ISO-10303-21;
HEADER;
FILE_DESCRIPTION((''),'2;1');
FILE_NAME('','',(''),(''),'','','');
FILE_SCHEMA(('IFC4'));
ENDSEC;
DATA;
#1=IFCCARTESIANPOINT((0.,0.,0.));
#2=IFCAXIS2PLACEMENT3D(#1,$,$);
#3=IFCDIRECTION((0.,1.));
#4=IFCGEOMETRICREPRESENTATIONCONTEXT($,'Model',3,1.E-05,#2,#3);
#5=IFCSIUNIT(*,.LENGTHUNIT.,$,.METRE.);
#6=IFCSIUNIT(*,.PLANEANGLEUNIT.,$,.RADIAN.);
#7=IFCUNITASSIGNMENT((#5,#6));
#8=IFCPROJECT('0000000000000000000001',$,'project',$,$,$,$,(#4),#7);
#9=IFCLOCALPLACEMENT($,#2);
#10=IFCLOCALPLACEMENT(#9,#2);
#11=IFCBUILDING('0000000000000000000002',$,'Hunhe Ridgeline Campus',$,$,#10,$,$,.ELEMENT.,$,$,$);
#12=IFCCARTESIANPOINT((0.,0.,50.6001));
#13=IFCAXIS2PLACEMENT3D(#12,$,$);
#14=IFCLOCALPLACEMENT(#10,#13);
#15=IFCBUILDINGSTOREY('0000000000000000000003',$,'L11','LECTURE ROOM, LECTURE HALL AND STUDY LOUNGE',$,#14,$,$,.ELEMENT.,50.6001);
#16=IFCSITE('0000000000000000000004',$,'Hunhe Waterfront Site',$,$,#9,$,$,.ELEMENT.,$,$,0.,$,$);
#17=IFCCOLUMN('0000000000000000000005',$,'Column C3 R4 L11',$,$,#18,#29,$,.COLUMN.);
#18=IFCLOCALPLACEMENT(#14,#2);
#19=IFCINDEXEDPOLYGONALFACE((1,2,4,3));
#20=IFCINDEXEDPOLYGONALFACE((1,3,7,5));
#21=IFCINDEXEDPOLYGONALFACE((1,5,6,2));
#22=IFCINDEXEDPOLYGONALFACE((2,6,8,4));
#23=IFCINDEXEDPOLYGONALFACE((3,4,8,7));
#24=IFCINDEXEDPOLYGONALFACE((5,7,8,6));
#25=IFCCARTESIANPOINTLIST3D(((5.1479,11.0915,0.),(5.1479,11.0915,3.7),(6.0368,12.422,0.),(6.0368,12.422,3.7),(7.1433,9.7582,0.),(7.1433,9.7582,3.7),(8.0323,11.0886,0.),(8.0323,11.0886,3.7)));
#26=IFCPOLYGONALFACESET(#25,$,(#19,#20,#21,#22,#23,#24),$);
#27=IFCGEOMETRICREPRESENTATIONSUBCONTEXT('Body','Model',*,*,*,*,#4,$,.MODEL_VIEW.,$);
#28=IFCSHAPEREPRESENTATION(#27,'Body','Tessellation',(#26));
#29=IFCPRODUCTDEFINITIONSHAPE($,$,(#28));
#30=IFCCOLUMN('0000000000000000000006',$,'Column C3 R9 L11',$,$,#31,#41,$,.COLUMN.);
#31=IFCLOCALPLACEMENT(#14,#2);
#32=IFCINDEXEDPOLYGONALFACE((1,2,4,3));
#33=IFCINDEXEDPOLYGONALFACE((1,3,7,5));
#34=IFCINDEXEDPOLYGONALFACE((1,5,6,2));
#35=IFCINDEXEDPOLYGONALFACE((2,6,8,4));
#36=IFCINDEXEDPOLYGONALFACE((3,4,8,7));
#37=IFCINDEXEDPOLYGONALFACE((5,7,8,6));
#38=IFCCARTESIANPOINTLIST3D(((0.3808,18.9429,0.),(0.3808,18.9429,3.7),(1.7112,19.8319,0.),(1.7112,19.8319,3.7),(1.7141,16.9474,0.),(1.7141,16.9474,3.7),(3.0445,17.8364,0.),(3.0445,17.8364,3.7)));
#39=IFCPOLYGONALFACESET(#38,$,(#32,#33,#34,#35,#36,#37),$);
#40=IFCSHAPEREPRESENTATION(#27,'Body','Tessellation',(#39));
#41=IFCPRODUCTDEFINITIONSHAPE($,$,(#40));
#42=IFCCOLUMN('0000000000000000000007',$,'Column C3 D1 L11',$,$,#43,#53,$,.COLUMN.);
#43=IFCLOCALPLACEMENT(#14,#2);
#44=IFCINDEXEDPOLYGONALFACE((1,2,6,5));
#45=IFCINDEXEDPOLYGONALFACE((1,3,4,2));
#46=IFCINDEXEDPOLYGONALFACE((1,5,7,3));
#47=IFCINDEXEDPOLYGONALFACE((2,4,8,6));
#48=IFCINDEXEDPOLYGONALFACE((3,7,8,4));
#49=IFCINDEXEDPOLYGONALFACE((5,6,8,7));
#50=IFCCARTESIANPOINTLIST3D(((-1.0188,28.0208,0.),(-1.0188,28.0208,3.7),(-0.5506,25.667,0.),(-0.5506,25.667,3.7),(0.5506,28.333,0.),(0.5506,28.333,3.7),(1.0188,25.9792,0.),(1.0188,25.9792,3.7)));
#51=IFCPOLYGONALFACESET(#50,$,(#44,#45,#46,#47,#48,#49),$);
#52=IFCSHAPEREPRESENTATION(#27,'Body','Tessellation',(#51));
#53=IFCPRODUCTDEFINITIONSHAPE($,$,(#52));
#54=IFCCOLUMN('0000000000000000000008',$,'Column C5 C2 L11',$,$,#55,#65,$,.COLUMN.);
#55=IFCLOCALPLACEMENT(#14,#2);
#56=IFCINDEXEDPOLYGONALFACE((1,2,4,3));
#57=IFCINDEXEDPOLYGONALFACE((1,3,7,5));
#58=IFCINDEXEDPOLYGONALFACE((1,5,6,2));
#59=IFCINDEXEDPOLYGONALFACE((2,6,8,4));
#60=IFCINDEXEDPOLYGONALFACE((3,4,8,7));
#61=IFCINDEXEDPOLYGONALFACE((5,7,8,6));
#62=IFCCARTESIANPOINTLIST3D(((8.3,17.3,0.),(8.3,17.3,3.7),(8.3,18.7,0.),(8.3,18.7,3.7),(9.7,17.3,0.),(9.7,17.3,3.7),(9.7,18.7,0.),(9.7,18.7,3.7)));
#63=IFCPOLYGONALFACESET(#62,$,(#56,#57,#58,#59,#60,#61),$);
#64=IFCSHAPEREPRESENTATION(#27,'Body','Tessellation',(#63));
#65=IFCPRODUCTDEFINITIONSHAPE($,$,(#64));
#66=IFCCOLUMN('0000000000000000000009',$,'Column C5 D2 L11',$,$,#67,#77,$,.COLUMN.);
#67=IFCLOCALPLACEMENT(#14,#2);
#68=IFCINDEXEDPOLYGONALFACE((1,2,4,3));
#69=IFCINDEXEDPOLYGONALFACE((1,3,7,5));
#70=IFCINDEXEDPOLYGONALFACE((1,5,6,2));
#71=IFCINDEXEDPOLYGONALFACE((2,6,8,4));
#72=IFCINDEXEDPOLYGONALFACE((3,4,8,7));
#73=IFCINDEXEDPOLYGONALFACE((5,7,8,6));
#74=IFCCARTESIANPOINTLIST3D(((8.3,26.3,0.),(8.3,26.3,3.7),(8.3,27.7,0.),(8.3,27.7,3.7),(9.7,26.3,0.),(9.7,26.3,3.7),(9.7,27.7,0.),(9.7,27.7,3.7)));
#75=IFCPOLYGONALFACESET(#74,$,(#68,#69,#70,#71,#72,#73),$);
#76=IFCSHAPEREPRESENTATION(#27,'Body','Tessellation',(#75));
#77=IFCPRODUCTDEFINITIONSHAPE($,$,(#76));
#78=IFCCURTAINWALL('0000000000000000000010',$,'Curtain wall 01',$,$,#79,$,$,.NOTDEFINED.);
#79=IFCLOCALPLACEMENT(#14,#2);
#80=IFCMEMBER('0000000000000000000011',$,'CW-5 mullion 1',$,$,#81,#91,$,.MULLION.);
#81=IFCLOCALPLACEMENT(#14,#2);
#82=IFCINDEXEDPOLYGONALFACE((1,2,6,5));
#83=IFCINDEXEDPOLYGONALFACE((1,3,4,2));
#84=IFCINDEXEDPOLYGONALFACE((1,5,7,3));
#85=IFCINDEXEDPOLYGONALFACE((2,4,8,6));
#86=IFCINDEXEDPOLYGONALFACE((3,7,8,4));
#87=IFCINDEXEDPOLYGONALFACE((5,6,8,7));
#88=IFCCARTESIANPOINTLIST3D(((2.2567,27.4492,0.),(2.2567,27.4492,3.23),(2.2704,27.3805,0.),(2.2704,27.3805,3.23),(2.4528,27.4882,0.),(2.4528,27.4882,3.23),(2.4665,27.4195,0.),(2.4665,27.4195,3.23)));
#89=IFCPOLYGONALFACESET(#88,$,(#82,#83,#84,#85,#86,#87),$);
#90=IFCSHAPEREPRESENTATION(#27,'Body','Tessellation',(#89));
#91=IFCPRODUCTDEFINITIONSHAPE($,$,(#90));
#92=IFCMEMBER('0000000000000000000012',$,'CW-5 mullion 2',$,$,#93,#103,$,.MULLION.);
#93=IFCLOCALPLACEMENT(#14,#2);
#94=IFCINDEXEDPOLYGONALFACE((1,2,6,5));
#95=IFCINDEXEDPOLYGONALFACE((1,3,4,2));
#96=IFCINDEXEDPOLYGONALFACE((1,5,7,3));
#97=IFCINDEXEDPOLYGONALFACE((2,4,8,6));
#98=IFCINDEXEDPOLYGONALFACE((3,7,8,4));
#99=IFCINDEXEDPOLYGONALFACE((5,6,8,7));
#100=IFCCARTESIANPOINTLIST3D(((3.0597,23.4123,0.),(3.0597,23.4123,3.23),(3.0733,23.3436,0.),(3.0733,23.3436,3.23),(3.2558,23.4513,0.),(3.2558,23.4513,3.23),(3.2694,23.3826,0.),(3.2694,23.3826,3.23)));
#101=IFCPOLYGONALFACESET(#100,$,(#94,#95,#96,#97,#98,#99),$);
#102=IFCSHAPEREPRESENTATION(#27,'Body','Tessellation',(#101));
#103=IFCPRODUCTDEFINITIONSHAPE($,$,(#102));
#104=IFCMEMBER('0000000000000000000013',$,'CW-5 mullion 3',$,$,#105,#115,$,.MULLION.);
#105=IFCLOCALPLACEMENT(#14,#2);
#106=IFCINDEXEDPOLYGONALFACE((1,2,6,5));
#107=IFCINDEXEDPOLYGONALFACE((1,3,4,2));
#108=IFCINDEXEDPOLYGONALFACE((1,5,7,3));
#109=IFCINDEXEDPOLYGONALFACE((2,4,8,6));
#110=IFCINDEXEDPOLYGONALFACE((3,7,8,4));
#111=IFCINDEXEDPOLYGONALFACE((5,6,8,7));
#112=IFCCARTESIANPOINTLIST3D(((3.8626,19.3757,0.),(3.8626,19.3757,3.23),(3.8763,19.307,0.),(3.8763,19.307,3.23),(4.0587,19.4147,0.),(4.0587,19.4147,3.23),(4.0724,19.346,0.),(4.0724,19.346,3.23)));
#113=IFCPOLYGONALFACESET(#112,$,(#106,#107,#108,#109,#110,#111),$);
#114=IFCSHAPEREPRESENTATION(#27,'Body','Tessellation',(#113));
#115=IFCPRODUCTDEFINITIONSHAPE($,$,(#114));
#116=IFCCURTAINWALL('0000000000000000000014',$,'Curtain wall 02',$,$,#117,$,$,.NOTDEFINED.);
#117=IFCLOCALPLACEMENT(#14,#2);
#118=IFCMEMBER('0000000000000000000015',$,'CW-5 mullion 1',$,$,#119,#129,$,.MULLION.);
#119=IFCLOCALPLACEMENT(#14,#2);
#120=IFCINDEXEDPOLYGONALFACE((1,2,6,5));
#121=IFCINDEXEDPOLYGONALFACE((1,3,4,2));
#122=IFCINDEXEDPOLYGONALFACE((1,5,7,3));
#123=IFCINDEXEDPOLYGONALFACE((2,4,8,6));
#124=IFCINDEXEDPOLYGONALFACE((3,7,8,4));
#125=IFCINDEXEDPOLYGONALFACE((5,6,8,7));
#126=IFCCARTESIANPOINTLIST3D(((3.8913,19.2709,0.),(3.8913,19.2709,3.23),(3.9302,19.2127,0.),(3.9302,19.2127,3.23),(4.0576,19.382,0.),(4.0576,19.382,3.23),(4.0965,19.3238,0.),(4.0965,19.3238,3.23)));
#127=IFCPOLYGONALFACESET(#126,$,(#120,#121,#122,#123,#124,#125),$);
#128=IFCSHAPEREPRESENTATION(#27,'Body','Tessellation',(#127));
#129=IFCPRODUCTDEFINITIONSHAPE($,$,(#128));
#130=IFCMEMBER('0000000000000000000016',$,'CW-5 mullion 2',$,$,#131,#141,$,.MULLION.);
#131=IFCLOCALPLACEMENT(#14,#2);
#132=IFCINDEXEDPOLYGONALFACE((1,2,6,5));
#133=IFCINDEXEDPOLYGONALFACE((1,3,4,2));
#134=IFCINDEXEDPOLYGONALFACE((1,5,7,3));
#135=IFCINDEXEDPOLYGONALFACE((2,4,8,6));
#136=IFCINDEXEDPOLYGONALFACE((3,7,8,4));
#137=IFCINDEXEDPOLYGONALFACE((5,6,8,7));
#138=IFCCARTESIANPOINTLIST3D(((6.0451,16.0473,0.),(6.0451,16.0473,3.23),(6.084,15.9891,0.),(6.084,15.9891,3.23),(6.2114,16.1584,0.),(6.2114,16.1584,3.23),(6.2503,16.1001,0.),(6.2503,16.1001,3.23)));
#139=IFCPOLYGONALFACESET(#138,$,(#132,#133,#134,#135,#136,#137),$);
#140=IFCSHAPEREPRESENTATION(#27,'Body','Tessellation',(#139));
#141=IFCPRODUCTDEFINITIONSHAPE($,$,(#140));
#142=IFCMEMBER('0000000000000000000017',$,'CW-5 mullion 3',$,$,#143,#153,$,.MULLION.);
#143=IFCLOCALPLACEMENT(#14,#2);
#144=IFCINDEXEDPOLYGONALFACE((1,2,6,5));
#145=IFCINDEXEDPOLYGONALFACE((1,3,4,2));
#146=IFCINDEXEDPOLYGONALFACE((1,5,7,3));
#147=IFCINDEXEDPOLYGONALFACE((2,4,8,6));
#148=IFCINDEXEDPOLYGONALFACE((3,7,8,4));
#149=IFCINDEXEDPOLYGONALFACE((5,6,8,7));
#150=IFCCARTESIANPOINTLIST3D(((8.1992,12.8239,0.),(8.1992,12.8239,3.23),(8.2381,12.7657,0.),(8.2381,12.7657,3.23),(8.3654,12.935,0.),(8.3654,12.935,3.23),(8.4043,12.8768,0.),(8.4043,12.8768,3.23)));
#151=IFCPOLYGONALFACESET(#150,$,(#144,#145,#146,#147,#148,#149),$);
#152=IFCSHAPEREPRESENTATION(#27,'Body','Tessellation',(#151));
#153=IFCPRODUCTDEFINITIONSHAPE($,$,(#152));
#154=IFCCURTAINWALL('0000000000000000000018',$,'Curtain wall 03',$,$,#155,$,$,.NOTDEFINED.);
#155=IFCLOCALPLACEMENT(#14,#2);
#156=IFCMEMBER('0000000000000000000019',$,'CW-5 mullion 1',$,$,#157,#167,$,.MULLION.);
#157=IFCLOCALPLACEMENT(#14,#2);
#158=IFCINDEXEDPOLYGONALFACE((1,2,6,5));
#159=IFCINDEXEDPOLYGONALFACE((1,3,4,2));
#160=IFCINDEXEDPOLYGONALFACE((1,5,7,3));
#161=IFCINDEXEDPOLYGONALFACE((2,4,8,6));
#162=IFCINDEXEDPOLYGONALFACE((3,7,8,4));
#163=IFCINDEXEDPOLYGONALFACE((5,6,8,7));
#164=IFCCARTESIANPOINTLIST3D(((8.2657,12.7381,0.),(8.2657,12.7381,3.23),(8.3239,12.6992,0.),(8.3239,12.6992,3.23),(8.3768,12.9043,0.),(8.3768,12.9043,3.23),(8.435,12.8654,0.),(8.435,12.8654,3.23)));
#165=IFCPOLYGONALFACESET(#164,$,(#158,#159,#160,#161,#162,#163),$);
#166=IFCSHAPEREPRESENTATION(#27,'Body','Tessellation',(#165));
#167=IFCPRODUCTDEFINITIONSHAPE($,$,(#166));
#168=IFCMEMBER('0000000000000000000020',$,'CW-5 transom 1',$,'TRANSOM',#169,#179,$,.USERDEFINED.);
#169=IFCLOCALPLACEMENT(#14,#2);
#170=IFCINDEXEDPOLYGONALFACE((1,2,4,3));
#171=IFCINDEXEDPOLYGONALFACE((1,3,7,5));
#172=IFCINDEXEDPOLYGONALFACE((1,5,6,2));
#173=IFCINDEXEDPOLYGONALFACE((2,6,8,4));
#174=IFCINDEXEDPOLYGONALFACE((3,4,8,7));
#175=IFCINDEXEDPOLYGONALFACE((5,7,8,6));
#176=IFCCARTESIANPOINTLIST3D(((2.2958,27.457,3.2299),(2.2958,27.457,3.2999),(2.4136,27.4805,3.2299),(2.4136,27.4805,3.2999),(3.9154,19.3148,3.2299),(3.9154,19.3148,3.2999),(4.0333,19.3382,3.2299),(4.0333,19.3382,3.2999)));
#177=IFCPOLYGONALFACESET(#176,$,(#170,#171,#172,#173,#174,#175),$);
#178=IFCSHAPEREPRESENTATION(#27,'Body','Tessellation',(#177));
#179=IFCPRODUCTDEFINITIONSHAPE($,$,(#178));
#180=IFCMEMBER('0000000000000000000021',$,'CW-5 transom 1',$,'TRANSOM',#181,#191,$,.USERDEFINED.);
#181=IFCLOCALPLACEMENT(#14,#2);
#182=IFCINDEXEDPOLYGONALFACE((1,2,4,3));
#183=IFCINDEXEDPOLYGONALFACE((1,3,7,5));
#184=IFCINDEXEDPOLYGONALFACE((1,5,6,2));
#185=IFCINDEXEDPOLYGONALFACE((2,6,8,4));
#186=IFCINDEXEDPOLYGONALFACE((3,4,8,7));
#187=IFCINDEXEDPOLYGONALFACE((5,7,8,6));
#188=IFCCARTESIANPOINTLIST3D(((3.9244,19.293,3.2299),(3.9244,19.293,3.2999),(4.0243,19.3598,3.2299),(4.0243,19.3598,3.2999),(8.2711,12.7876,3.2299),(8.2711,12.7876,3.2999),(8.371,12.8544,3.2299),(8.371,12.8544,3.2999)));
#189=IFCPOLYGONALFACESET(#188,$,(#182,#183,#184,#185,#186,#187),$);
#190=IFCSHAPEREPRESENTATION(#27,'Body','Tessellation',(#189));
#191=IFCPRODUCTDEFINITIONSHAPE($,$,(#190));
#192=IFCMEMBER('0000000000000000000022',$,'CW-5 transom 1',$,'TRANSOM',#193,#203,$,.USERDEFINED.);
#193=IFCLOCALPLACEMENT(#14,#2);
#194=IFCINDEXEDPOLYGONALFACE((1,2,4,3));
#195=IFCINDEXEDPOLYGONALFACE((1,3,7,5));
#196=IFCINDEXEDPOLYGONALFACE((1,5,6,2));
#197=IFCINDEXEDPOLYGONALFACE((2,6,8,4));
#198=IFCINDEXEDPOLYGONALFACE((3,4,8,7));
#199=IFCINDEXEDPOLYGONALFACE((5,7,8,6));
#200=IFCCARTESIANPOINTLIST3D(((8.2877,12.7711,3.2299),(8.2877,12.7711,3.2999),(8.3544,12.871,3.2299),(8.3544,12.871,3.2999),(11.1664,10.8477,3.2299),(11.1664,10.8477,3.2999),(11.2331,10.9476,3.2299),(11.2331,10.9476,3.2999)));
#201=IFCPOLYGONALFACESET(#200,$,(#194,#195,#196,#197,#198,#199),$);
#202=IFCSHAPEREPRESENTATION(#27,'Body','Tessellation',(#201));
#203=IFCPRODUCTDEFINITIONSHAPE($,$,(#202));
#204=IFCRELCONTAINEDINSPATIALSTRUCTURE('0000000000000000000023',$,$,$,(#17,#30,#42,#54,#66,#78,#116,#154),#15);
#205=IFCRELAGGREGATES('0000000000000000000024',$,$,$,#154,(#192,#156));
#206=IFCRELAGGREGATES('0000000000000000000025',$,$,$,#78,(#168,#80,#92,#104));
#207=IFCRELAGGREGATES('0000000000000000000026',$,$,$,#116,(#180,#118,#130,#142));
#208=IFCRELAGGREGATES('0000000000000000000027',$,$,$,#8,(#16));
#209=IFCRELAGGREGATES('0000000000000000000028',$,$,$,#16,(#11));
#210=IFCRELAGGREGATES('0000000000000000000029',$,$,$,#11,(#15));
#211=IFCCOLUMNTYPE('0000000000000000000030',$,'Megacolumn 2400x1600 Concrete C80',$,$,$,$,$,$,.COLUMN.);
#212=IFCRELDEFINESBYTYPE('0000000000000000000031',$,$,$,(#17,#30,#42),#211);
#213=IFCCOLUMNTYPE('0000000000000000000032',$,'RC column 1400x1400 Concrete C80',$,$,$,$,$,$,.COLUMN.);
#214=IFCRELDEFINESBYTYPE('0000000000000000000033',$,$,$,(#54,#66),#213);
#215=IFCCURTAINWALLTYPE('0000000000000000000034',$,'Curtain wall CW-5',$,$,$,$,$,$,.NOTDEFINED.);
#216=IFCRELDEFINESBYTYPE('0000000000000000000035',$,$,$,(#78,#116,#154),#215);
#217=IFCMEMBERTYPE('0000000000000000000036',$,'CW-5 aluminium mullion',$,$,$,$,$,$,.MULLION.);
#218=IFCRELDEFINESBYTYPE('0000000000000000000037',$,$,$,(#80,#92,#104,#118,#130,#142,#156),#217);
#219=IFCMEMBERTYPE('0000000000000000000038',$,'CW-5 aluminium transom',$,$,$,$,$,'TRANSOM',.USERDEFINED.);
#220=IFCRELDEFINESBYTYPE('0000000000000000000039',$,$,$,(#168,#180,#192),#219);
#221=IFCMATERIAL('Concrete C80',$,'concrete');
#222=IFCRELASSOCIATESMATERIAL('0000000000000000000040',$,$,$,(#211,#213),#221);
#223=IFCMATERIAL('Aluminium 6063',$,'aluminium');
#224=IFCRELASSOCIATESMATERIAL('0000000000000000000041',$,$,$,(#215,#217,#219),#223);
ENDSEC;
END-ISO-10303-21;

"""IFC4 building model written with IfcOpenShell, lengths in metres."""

from ifc_helpers import new_model, si_unit, direction, frame, origin, origin_2d, place, context, subcontext, project, spatial, rectangle, extrude, material, material_profile, profile_set, type_object, element, aggregate, save


model = new_model("IFC4")

# Units and contexts
model_context = context("Model", 3, precision=1e-05, world=origin(), true_north=direction((0.0, 1.0)))
body_context = subcontext(model_context, "Body", "Model", "MODEL_VIEW")
ifc_project = project(units=[si_unit("LENGTHUNIT", "METRE"), si_unit("PLANEANGLEUNIT", "RADIAN")], contexts=[model_context])

# Site, building, storey
site_placement = place(None, origin())
site = spatial("IfcSite", under=ifc_project, at=site_placement, Name="Hunhe Waterfront Site", CompositionType="ELEMENT", RefElevation=0.0)
building_placement = place(site_placement, origin())
building = spatial("IfcBuilding", under=site, at=building_placement, Name="Hunhe Ridgeline Campus", CompositionType="ELEMENT")
storey_placement = place(building_placement, frame((0.0, 0.0, 50.6001)))
storey = spatial("IfcBuildingStorey", under=building, at=storey_placement, Name="L11", Description="LECTURE ROOM, LECTURE HALL AND STUDY LOUNGE", CompositionType="ELEMENT", Elevation=50.6001)

# Columns
ifc_material_1 = material(Name="Concrete C80", Category="concrete")
ifc_material_profile_1 = material_profile(ifc_material_1, rectangle(XDim=2.3999, YDim=1.6001, at=origin_2d()))
ifc_profile_set_1 = profile_set([ifc_material_profile_1], Name="Concrete C80")
column_type_1 = type_object("IfcColumnType", Name="Megacolumn 2400x1600 Concrete C80", PredefinedType="COLUMN", material=ifc_profile_set_1)
for number, where, z_axis, x_axis, name in (
    (1, (6.5901, 11.0901, 0.0), (0.0, 0.0, 1.0), (-0.83147, 0.55557, 0.0), "Column C3 R4 L11"),
    (2, (1.7126, 18.3896, 0.0), (0.0, 0.0, 1.0), (-0.55557, 0.83147, 0.0), "Column C3 R9 L11"),
    (3, (0.0, 27.0, 0.0), (0.0, 0.0, 1.0), (-0.19509, 0.980785, 0.0), "Column C3 D1 L11"),
):
    element("IfcColumn", number, at=place(storey_placement, frame(where, z_axis=z_axis, x_axis=x_axis)), inside=storey, type_object=column_type_1, Name=name, PredefinedType="COLUMN", context=body_context, shape_type="SweptSolid", body=[
        extrude(rectangle(XDim=2.3999, YDim=1.6001, at=origin_2d()), origin(), (0.0, 0.0, 1.0), 3.7),
    ])
ifc_material_profile_2 = material_profile(ifc_material_1, rectangle(XDim=1.3999, YDim=1.3999, at=origin_2d()))
ifc_profile_set_2 = profile_set([ifc_material_profile_2], Name="Concrete C80")
column_type_2 = type_object("IfcColumnType", Name="RC column 1400x1400 Concrete C80", PredefinedType="COLUMN", material=ifc_profile_set_2)
for number, where, z_axis, x_axis, name in (
    (4, (9.0, 18.0, 0.0), (0.0, 0.0, 1.0), (1.0, 0.0, 0.0), "Column C5 C2 L11"),
    (5, (9.0, 27.0, 0.0), (0.0, 0.0, 1.0), (1.0, 0.0, 0.0), "Column C5 D2 L11"),
):
    element("IfcColumn", number, at=place(storey_placement, frame(where, z_axis=z_axis, x_axis=x_axis)), inside=storey, type_object=column_type_2, Name=name, PredefinedType="COLUMN", context=body_context, shape_type="SweptSolid", body=[
        extrude(rectangle(XDim=1.3999, YDim=1.3999, at=origin_2d()), origin(), (0.0, 0.0, 1.0), 3.7),
    ])

# Curtain walls, members
ifc_material_2 = material(Name="Aluminium 6063", Category="aluminium")
curtain_wall_type = type_object("IfcCurtainWallType", Name="Curtain wall CW-5", PredefinedType="NOTDEFINED", material=ifc_material_2)
curtain_wall_1_placement = place(storey_placement, origin())
curtain_wall_1 = element("IfcCurtainWall", 6, at=curtain_wall_1_placement, inside=storey, type_object=curtain_wall_type, Name="Curtain wall 01", PredefinedType="NOTDEFINED")
ifc_material_profile_3 = material_profile(ifc_material_2, rectangle(XDim=0.2, YDim=0.0701, at=origin_2d()))
ifc_profile_set_3 = profile_set([ifc_material_profile_3], Name="Aluminium 6063")
member_type_1 = type_object("IfcMemberType", Name="CW-5 aluminium mullion", PredefinedType="MULLION", material=ifc_profile_set_3)
member_1_placement = place(storey_placement, frame((2.3616, 27.4343, 0.0), z_axis=(0.0, 0.0, 1.0), x_axis=(0.980784, 0.195095, 0.0)))
member_1 = element("IfcMember", 7, at=member_1_placement, type_object=member_type_1, Name="CW-5 mullion 1", PredefinedType="MULLION", context=body_context, shape_type="SweptSolid", body=[
    extrude(rectangle(XDim=0.2, YDim=0.0701, at=origin_2d()), origin(), (0.0, 0.0, 1.0), 3.23),
])
member_2_placement = place(storey_placement, frame((3.1646, 23.3975, 0.0), z_axis=(0.0, 0.0, 1.0), x_axis=(0.980784, 0.195095, 0.0)))
member_2 = element("IfcMember", 8, at=member_2_placement, type_object=member_type_1, Name="CW-5 mullion 2", PredefinedType="MULLION", context=body_context, shape_type="SweptSolid", body=[
    extrude(rectangle(XDim=0.2, YDim=0.0701, at=origin_2d()), origin(), (0.0, 0.0, 1.0), 3.23),
])
member_3_placement = place(storey_placement, frame((3.9675, 19.3608, 0.0), z_axis=(0.0, 0.0, 1.0), x_axis=(0.980784, 0.195095, 0.0)))
member_3 = element("IfcMember", 9, at=member_3_placement, type_object=member_type_1, Name="CW-5 mullion 3", PredefinedType="MULLION", context=body_context, shape_type="SweptSolid", body=[
    extrude(rectangle(XDim=0.2, YDim=0.0701, at=origin_2d()), origin(), (0.0, 0.0, 1.0), 3.23),
])
curtain_wall_2_placement = place(storey_placement, origin())
curtain_wall_2 = element("IfcCurtainWall", 10, at=curtain_wall_2_placement, inside=storey, type_object=curtain_wall_type, Name="Curtain wall 02", PredefinedType="NOTDEFINED")
member_4_placement = place(storey_placement, frame((3.9939, 19.2974, 0.0), z_axis=(0.0, 0.0, 1.0), x_axis=(0.83147, 0.55557, 0.0)))
member_4 = element("IfcMember", 11, at=member_4_placement, type_object=member_type_1, Name="CW-5 mullion 1", PredefinedType="MULLION", context=body_context, shape_type="SweptSolid", body=[
    extrude(rectangle(XDim=0.2, YDim=0.0701, at=origin_2d()), origin(), (0.0, 0.0, 1.0), 3.23),
])
member_5_placement = place(storey_placement, frame((6.1477, 16.0737, 0.0), z_axis=(0.0, 0.0, 1.0), x_axis=(0.83147, 0.55557, 0.0)))
member_5 = element("IfcMember", 12, at=member_5_placement, type_object=member_type_1, Name="CW-5 mullion 2", PredefinedType="MULLION", context=body_context, shape_type="SweptSolid", body=[
    extrude(rectangle(XDim=0.2, YDim=0.0701, at=origin_2d()), origin(), (0.0, 0.0, 1.0), 3.23),
])
member_6_placement = place(storey_placement, frame((8.3018, 12.8503, 0.0), z_axis=(0.0, 0.0, 1.0), x_axis=(0.83147, 0.55557, 0.0)))
member_6 = element("IfcMember", 13, at=member_6_placement, type_object=member_type_1, Name="CW-5 mullion 3", PredefinedType="MULLION", context=body_context, shape_type="SweptSolid", body=[
    extrude(rectangle(XDim=0.2, YDim=0.0701, at=origin_2d()), origin(), (0.0, 0.0, 1.0), 3.23),
])

# Curtain wall, member
curtain_wall_3_placement = place(storey_placement, origin())
curtain_wall_3 = element("IfcCurtainWall", 14, at=curtain_wall_3_placement, inside=storey, type_object=curtain_wall_type, Name="Curtain wall 03", PredefinedType="NOTDEFINED")
member_7_placement = place(storey_placement, frame((8.3503, 12.8018, 0.0), z_axis=(0.0, 0.0, 1.0), x_axis=(0.55557, 0.83147, 0.0)))
member_7 = element("IfcMember", 15, at=member_7_placement, type_object=member_type_1, Name="CW-5 mullion 1", PredefinedType="MULLION", context=body_context, shape_type="SweptSolid", body=[
    extrude(rectangle(XDim=0.2, YDim=0.0701, at=origin_2d()), origin(), (0.0, 0.0, 1.0), 3.23),
])

# Members
ifc_material_profile_4 = material_profile(ifc_material_2, rectangle(XDim=0.1201, YDim=0.0701, at=origin_2d()))
ifc_profile_set_4 = profile_set([ifc_material_profile_4], Name="Aluminium 6063")
member_type_2 = type_object("IfcMemberType", Name="CW-5 aluminium transom", ElementType="TRANSOM", PredefinedType="USERDEFINED", material=ifc_profile_set_4)
member_8_placement = place(storey_placement, frame((2.3547, 27.4688, 3.2649), z_axis=(0.195092, -0.980785, 0.0), x_axis=(0.980785, 0.195092, 0.0)))
member_8 = element("IfcMember", 16, at=member_8_placement, type_object=member_type_2, Name="CW-5 transom 1", ObjectType="TRANSOM", PredefinedType="USERDEFINED", context=body_context, shape_type="SweptSolid", body=[
    extrude(rectangle(XDim=0.1201, YDim=0.0701, at=origin_2d()), origin(), (0.0, 0.0, 1.0), 8.3018),
])
member_9_placement = place(storey_placement, frame((3.9744, 19.3264, 3.2649), z_axis=(0.555564, -0.831474, 0.0), x_axis=(0.831474, 0.555564, 0.0)))
member_9 = element("IfcMember", 17, at=member_9_placement, type_object=member_type_2, Name="CW-5 transom 1", ObjectType="TRANSOM", PredefinedType="USERDEFINED", context=body_context, shape_type="SweptSolid", body=[
    extrude(rectangle(XDim=0.1201, YDim=0.0701, at=origin_2d()), origin(), (0.0, 0.0, 1.0), 7.824),
])
member_10_placement = place(storey_placement, frame((8.321, 12.821, 3.2649), z_axis=(0.831486, -0.555546, 0.0), x_axis=(0.555546, 0.831486, 0.0)))
member_10 = element("IfcMember", 18, at=member_10_placement, type_object=member_type_2, Name="CW-5 transom 1", ObjectType="TRANSOM", PredefinedType="USERDEFINED", context=body_context, shape_type="SweptSolid", body=[
    extrude(rectangle(XDim=0.1201, YDim=0.0701, at=origin_2d()), origin(), (0.0, 0.0, 1.0), 3.4622),
])
aggregate(curtain_wall_3, [member_10, member_7])

aggregate(curtain_wall_1, [member_8, member_1, member_2, member_3])
aggregate(curtain_wall_2, [member_9, member_4, member_5, member_6])

save(model, "model.ifc")
